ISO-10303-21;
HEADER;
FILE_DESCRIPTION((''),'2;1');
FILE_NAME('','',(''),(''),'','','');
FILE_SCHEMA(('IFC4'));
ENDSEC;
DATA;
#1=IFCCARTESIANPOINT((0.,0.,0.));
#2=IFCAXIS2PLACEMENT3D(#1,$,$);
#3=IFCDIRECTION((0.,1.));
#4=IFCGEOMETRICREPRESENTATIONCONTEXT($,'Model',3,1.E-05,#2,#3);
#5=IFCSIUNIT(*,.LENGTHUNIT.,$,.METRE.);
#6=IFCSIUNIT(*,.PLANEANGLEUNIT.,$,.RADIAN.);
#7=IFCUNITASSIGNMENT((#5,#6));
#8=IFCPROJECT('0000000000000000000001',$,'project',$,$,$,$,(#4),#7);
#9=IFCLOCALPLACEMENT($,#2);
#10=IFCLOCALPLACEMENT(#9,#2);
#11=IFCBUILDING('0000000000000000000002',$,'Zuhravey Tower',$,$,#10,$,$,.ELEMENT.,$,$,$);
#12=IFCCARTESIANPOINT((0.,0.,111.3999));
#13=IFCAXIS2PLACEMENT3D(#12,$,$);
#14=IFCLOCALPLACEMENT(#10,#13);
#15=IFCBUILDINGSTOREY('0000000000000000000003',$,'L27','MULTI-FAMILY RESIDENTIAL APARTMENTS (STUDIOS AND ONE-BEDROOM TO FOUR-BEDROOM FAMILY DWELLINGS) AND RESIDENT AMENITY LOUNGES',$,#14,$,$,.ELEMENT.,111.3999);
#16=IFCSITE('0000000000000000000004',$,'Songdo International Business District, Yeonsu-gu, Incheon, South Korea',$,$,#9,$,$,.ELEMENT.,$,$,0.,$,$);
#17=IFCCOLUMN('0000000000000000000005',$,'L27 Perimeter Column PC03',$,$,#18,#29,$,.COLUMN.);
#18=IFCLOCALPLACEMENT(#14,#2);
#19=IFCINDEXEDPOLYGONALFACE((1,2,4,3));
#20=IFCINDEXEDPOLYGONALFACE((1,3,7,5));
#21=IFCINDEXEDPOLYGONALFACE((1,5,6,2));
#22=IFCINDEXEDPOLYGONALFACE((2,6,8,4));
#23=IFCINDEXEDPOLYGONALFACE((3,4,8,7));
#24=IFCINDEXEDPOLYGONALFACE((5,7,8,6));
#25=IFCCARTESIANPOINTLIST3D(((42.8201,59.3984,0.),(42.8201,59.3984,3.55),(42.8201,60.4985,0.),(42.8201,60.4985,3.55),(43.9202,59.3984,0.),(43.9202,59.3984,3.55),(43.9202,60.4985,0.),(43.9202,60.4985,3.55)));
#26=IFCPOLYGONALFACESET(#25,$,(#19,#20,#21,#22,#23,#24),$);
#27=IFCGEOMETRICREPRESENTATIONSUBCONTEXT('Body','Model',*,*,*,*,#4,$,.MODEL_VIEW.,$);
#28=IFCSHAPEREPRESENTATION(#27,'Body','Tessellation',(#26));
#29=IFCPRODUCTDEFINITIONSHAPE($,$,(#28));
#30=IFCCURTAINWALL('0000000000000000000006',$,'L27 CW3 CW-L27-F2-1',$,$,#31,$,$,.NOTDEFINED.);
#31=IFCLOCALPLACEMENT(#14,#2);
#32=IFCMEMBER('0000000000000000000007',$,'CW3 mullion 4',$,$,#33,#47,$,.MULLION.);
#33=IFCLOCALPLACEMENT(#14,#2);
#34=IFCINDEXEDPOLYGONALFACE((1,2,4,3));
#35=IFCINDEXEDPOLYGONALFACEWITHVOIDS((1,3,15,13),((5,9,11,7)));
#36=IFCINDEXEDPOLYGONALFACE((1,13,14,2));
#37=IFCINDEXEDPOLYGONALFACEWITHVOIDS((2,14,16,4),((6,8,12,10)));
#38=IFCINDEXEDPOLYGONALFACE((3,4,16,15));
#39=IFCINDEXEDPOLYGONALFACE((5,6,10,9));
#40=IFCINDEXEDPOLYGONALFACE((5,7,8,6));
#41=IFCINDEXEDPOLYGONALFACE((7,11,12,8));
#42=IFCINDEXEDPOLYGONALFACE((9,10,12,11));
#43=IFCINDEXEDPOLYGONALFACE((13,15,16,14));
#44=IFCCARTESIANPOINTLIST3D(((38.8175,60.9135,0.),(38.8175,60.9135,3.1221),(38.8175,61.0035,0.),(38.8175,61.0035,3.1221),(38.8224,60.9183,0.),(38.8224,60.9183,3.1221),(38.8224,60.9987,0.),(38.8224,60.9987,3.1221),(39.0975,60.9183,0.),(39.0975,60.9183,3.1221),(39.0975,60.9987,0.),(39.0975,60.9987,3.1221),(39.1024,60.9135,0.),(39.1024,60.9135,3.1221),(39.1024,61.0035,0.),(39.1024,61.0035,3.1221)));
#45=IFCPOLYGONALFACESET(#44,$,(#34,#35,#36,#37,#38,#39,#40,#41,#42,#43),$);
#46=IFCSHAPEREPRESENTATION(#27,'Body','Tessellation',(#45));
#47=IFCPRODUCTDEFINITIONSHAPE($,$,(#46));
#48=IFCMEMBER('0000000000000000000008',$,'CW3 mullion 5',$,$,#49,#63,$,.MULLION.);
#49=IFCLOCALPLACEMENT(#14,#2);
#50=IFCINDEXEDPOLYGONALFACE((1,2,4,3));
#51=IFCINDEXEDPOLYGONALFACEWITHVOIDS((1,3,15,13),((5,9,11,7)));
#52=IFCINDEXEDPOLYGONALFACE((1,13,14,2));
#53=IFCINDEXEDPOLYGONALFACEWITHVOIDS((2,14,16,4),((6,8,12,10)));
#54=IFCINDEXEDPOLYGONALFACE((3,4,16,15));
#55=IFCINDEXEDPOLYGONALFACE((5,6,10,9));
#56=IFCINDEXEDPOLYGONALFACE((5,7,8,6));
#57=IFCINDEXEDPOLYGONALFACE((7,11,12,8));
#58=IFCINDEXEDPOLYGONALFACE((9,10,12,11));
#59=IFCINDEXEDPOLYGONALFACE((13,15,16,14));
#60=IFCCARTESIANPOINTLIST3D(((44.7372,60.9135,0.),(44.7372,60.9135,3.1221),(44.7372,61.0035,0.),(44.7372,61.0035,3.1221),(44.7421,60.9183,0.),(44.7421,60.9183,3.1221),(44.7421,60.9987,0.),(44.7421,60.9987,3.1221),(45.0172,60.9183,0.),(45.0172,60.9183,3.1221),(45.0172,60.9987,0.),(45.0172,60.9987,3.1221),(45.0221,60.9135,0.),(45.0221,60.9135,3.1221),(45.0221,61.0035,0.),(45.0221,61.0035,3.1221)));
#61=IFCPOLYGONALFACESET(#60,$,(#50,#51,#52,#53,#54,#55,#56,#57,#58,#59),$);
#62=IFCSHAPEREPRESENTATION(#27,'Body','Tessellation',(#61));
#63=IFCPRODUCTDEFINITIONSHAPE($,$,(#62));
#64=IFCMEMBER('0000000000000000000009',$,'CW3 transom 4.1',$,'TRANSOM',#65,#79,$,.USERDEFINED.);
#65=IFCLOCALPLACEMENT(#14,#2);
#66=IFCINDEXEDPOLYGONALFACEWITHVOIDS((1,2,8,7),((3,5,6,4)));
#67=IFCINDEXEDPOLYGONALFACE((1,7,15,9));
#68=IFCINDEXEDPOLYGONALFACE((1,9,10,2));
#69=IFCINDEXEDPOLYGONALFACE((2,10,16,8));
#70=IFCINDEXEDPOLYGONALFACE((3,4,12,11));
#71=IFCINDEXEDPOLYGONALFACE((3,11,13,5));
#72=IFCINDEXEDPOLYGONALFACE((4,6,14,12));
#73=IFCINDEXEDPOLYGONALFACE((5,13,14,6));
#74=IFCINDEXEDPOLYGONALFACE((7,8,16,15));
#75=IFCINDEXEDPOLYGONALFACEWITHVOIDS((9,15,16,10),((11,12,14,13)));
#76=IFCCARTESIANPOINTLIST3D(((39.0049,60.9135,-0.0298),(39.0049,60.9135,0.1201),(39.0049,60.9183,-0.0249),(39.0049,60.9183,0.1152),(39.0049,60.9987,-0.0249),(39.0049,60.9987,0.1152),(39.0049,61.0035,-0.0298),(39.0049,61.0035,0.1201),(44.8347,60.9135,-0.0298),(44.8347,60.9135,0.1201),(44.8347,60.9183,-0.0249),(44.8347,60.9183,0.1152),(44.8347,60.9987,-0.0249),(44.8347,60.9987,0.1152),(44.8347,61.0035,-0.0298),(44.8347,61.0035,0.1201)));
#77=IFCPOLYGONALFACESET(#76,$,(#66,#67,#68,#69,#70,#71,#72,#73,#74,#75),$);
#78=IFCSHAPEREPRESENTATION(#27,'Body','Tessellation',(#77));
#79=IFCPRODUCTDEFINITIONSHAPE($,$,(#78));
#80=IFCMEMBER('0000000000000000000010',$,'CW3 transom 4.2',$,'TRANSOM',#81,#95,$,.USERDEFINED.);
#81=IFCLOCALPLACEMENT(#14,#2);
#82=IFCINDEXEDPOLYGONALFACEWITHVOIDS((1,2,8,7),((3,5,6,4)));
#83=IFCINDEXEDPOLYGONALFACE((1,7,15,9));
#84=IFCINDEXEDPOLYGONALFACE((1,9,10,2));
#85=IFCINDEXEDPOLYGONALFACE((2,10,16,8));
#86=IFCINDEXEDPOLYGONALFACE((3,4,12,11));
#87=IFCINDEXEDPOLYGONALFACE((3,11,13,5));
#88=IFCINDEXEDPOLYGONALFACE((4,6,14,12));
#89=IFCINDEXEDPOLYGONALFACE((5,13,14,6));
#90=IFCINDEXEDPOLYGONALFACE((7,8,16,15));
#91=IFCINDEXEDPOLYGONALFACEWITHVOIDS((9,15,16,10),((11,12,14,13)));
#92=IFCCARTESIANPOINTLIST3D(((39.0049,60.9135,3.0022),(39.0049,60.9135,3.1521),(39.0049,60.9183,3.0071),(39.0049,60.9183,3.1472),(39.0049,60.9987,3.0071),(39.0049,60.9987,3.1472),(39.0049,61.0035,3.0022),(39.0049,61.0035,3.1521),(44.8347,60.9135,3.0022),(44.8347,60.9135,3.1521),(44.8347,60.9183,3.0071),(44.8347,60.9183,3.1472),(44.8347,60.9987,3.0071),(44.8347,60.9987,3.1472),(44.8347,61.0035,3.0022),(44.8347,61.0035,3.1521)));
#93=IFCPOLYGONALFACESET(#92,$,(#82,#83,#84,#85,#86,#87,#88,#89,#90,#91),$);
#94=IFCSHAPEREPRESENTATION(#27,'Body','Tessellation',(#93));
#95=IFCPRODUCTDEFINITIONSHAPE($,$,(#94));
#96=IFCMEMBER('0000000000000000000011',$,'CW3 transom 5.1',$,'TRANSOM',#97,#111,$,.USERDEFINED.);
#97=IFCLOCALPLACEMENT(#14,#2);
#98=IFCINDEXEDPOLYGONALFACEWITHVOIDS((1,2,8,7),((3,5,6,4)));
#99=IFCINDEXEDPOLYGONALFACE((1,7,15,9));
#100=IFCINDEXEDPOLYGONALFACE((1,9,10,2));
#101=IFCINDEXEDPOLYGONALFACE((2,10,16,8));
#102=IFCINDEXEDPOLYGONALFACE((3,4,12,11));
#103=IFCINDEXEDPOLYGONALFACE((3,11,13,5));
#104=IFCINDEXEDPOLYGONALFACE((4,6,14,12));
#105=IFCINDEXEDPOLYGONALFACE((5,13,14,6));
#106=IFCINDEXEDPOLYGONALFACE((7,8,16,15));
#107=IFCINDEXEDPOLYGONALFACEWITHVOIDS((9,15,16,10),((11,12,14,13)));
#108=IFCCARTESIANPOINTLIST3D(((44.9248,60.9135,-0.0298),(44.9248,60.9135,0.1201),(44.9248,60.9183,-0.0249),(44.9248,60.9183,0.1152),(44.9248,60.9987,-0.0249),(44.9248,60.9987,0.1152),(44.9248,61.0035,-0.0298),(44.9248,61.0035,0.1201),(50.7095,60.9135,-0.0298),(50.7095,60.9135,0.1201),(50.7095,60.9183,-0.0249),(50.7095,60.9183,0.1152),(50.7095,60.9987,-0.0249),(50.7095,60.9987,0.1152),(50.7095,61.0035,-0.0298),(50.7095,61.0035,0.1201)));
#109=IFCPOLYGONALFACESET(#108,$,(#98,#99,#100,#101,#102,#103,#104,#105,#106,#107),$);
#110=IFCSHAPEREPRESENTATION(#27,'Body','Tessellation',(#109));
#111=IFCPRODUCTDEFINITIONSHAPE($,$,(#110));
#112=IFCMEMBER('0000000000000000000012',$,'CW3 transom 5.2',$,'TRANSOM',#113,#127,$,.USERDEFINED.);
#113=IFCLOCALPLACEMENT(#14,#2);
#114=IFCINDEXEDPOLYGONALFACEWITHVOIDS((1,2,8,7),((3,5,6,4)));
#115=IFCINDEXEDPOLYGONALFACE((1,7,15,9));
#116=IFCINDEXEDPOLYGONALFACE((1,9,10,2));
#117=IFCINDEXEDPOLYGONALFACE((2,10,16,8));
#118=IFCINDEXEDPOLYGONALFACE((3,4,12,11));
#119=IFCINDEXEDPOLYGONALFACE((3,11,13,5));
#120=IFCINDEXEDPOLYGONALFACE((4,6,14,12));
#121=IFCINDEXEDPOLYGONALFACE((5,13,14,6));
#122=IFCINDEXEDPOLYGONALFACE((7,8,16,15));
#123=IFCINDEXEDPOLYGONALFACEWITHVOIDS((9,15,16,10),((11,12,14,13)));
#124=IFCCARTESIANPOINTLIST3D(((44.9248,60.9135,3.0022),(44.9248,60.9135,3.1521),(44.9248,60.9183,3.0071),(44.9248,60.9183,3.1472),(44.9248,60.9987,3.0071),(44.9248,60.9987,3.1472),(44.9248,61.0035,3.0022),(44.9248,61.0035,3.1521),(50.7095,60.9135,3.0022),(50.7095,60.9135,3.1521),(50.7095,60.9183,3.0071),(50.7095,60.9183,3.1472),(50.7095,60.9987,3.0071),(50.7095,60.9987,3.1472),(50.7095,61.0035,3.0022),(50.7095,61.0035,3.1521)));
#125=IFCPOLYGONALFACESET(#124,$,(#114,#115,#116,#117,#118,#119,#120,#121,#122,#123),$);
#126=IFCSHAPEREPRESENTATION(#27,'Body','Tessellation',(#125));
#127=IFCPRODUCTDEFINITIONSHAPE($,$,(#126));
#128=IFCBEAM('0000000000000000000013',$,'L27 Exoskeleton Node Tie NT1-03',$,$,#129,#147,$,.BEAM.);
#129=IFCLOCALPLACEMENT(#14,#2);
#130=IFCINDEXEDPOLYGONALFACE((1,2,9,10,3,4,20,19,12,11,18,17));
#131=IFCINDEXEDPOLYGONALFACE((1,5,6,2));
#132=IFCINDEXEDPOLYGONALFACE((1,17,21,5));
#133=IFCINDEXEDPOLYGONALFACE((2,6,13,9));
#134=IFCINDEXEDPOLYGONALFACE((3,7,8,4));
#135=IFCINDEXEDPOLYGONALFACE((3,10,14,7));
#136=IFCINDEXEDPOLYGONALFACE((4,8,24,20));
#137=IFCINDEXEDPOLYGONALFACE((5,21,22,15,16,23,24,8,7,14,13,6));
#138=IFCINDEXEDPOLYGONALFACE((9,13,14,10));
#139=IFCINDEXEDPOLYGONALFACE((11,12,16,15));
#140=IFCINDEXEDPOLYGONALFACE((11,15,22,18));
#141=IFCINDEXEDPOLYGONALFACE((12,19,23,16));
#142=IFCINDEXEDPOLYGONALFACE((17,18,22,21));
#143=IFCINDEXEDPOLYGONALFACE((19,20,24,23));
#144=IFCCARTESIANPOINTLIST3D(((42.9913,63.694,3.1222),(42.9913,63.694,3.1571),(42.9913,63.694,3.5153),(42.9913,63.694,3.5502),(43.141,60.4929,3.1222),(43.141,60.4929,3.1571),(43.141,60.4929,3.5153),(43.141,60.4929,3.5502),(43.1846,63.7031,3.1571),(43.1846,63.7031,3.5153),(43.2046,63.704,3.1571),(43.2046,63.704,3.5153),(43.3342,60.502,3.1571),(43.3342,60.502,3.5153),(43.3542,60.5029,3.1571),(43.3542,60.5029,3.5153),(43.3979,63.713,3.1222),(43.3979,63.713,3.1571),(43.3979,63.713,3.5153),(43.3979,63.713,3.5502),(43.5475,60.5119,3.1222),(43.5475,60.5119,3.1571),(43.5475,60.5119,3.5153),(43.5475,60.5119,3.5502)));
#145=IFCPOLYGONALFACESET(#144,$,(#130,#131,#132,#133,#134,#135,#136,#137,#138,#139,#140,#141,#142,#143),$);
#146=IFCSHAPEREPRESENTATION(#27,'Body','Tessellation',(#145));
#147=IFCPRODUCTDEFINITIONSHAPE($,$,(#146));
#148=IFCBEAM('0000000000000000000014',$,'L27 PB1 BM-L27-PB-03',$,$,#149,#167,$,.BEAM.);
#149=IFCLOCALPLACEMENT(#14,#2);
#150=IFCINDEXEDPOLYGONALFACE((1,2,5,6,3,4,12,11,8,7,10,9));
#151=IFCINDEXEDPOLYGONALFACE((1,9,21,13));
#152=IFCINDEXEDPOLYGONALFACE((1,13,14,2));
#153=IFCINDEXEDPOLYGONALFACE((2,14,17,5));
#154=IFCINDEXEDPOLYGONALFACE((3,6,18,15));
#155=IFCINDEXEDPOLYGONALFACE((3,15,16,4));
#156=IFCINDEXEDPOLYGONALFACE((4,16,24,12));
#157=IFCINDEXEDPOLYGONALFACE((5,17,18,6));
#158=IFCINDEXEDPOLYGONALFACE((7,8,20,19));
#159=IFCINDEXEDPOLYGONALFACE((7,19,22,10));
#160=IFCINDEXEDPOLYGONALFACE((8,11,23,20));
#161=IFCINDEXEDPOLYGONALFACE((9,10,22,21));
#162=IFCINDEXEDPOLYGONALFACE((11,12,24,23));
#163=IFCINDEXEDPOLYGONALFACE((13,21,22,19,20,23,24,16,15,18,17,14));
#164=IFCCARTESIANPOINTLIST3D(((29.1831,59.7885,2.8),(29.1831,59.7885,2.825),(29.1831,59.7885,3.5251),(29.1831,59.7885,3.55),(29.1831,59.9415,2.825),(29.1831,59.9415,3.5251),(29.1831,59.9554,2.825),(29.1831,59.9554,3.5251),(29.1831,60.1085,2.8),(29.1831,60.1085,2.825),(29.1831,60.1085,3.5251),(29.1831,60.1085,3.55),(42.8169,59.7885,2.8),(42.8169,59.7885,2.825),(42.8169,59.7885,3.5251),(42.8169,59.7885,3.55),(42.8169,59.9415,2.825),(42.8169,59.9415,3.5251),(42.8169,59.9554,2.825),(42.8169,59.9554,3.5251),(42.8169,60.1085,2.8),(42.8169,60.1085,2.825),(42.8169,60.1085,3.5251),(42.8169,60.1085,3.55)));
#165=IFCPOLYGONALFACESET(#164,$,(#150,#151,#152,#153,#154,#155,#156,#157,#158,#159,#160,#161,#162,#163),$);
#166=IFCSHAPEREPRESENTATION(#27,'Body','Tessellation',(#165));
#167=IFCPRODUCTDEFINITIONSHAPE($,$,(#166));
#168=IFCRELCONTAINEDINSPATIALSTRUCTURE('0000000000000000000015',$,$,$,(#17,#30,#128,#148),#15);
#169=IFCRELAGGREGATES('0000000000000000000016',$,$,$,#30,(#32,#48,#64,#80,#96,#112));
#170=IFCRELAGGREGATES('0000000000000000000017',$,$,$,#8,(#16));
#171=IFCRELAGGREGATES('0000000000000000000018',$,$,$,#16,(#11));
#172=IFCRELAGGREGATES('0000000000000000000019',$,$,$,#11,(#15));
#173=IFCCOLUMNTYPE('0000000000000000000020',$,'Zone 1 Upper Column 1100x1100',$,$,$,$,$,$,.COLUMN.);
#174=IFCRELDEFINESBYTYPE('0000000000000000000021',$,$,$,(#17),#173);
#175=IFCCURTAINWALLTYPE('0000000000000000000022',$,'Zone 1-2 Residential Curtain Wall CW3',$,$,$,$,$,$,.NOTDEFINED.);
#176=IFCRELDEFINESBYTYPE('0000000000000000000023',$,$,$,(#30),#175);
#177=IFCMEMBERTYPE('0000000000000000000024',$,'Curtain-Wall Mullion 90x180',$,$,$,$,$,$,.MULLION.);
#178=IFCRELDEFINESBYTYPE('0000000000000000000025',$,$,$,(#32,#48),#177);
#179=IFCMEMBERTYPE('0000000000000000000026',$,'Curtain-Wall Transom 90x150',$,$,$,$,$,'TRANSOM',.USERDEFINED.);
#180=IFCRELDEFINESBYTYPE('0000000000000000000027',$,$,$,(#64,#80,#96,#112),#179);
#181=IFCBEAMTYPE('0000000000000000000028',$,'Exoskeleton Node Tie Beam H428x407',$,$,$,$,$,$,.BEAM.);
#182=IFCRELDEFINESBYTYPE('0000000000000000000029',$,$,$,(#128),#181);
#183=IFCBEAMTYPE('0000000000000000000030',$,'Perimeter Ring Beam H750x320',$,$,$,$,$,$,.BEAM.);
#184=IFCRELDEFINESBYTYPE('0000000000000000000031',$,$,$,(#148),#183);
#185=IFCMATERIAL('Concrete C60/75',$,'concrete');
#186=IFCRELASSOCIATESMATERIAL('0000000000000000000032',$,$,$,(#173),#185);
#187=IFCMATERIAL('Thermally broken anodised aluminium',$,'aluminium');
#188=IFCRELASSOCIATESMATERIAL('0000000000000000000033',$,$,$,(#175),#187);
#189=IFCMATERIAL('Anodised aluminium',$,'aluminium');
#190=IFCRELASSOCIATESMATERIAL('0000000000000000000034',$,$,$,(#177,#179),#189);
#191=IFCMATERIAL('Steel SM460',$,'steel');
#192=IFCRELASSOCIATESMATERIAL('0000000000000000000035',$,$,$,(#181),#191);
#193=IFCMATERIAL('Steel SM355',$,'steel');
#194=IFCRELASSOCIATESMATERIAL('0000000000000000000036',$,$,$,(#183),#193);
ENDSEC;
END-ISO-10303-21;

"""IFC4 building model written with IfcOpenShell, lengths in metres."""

from ifc_helpers import new_model, si_unit, direction, frame, origin, origin_2d, place, context, subcontext, project, spatial, rectangle, hollow_rectangle, i_section, extrude, material, material_profile, profile_set, type_object, element, aggregate, save


model = new_model("IFC4")

# Units and contexts
model_context = context("Model", 3, precision=1e-05, world=origin(), true_north=direction((0.0, 1.0)))
body_context = subcontext(model_context, "Body", "Model", "MODEL_VIEW")
ifc_project = project(units=[si_unit("LENGTHUNIT", "METRE"), si_unit("PLANEANGLEUNIT", "RADIAN")], contexts=[model_context])

# Site, building, storey
site_placement = place(None, origin())
site = spatial("IfcSite", under=ifc_project, at=site_placement, Name="Songdo International Business District, Yeonsu-gu, Incheon, South Korea", CompositionType="ELEMENT", RefElevation=0.0)
building_placement = place(site_placement, origin())
building = spatial("IfcBuilding", under=site, at=building_placement, Name="Zuhravey Tower", CompositionType="ELEMENT")
storey_placement = place(building_placement, frame((0.0, 0.0, 111.3999)))
storey = spatial("IfcBuildingStorey", under=building, at=storey_placement, Name="L27", Description="MULTI-FAMILY RESIDENTIAL APARTMENTS (STUDIOS AND ONE-BEDROOM TO FOUR-BEDROOM FAMILY DWELLINGS) AND RESIDENT AMENITY LOUNGES", CompositionType="ELEMENT", Elevation=111.3999)

# Column
ifc_material_1 = material(Name="Concrete C60/75", Category="concrete")
ifc_material_profile_1 = material_profile(ifc_material_1, rectangle(XDim=1.1001, YDim=1.1001, at=origin_2d()), Name="RC-1100x1100")
ifc_profile_set_1 = profile_set([ifc_material_profile_1], Name="Concrete C60/75")
column_type = type_object("IfcColumnType", Name="Zone 1 Upper Column 1100x1100", PredefinedType="COLUMN", material=ifc_profile_set_1)
column_placement = place(storey_placement, frame((43.3701, 59.9485, 0.0), z_axis=(0.0, 0.0, 1.0), x_axis=(-1.0, 0.0, 0.0)))
element("IfcColumn", 1, at=column_placement, inside=storey, type_object=column_type, Name="L27 Perimeter Column PC03", PredefinedType="COLUMN", context=body_context, shape_type="SweptSolid", body=[
    extrude(rectangle(XDim=1.1001, YDim=1.1001, at=origin_2d()), origin(), (0.0, 0.0, 1.0), 3.55),
])

# Curtain wall, members
ifc_material_2 = material(Name="Thermally broken anodised aluminium", Category="aluminium")
curtain_wall_type = type_object("IfcCurtainWallType", Name="Zone 1-2 Residential Curtain Wall CW3", PredefinedType="NOTDEFINED", material=ifc_material_2)
curtain_wall_placement = place(storey_placement, origin())
curtain_wall = element("IfcCurtainWall", 2, at=curtain_wall_placement, inside=storey, type_object=curtain_wall_type, Name="L27 CW3 CW-L27-F2-1", PredefinedType="NOTDEFINED")
ifc_material_3 = material(Name="Anodised aluminium", Category="aluminium")
ifc_material_profile_2 = material_profile(ifc_material_3, hollow_rectangle(XDim=0.0901, YDim=0.2849, WallThickness=0.0049, at=origin_2d()), Name="ALU-RHS-90x285x5")
ifc_profile_set_2 = profile_set([ifc_material_profile_2], Name="Anodised aluminium")
member_type_1 = type_object("IfcMemberType", Name="Curtain-Wall Mullion 90x180", PredefinedType="MULLION", material=ifc_profile_set_2)
member_1_placement = place(storey_placement, frame((38.96, 60.9585, 0.0), z_axis=(0.0, 0.0, 1.0), x_axis=(0.0, 1.0, 0.0)))
member_1 = element("IfcMember", 3, at=member_1_placement, type_object=member_type_1, Name="CW3 mullion 4", PredefinedType="MULLION", context=body_context, shape_type="SweptSolid", body=[
    extrude(hollow_rectangle(XDim=0.0901, YDim=0.2849, WallThickness=0.0049, at=origin_2d()), origin(), (0.0, 0.0, 1.0), 3.1221),
])
member_2_placement = place(storey_placement, frame((44.8796, 60.9585, 0.0), z_axis=(0.0, 0.0, 1.0), x_axis=(0.0, 1.0, 0.0)))
member_2 = element("IfcMember", 4, at=member_2_placement, type_object=member_type_1, Name="CW3 mullion 5", PredefinedType="MULLION", context=body_context, shape_type="SweptSolid", body=[
    extrude(hollow_rectangle(XDim=0.0901, YDim=0.2849, WallThickness=0.0049, at=origin_2d()), origin(), (0.0, 0.0, 1.0), 3.1221),
])
ifc_material_profile_3 = material_profile(ifc_material_3, hollow_rectangle(XDim=0.0901, YDim=0.1499, WallThickness=0.0049, at=origin_2d()), Name="ALU-RHS-90x150x5")
ifc_profile_set_3 = profile_set([ifc_material_profile_3], Name="Anodised aluminium")
member_type_2 = type_object("IfcMemberType", Name="Curtain-Wall Transom 90x150", ElementType="TRANSOM", PredefinedType="USERDEFINED", material=ifc_profile_set_3)
member_3_placement = place(storey_placement, frame((39.0049, 60.9585, 0.0452), z_axis=(1.0, 0.0, 0.0), x_axis=(0.0, 1.0, 0.0)))
member_3 = element("IfcMember", 5, at=member_3_placement, type_object=member_type_2, Name="CW3 transom 4.1", ObjectType="TRANSOM", PredefinedType="USERDEFINED", context=body_context, shape_type="SweptSolid", body=[
    extrude(hollow_rectangle(XDim=0.0901, YDim=0.1499, WallThickness=0.0049, at=origin_2d()), origin(), (0.0, 0.0, 1.0), 5.8298),
])
member_4_placement = place(storey_placement, frame((39.0049, 60.9585, 3.0771), z_axis=(1.0, 0.0, 0.0), x_axis=(0.0, 1.0, 0.0)))
member_4 = element("IfcMember", 6, at=member_4_placement, type_object=member_type_2, Name="CW3 transom 4.2", ObjectType="TRANSOM", PredefinedType="USERDEFINED", context=body_context, shape_type="SweptSolid", body=[
    extrude(hollow_rectangle(XDim=0.0901, YDim=0.1499, WallThickness=0.0049, at=origin_2d()), origin(), (0.0, 0.0, 1.0), 5.8298),
])
member_5_placement = place(storey_placement, frame((44.9248, 60.9585, 0.0452), z_axis=(1.0, 0.0, 0.0), x_axis=(0.0, 1.0, 0.0)))
member_5 = element("IfcMember", 7, at=member_5_placement, type_object=member_type_2, Name="CW3 transom 5.1", ObjectType="TRANSOM", PredefinedType="USERDEFINED", context=body_context, shape_type="SweptSolid", body=[
    extrude(hollow_rectangle(XDim=0.0901, YDim=0.1499, WallThickness=0.0049, at=origin_2d()), origin(), (0.0, 0.0, 1.0), 5.7847),
])
member_6_placement = place(storey_placement, frame((44.9248, 60.9585, 3.0771), z_axis=(1.0, 0.0, 0.0), x_axis=(0.0, 1.0, 0.0)))
member_6 = element("IfcMember", 8, at=member_6_placement, type_object=member_type_2, Name="CW3 transom 5.2", ObjectType="TRANSOM", PredefinedType="USERDEFINED", context=body_context, shape_type="SweptSolid", body=[
    extrude(hollow_rectangle(XDim=0.0901, YDim=0.1499, WallThickness=0.0049, at=origin_2d()), origin(), (0.0, 0.0, 1.0), 5.7847),
])

# Beams
ifc_material_4 = material(Name="Steel SM460", Category="steel")
ifc_material_profile_4 = material_profile(ifc_material_4, i_section(OverallWidth=0.407, OverallDepth=0.428, WebThickness=0.02, FlangeThickness=0.0349, at=origin_2d()), Name="H-428x407x20x35")
ifc_profile_set_4 = profile_set([ifc_material_profile_4], Name="Steel SM460")
beam_type_1 = type_object("IfcBeamType", Name="Exoskeleton Node Tie Beam H428x407", PredefinedType="BEAM", material=ifc_profile_set_4)
beam_1_placement = place(storey_placement, frame((43.3442, 60.5024, 3.3362), z_axis=(-0.0467, 0.998909, 0.0), x_axis=(-0.998909, -0.0467, 0.0)))
element("IfcBeam", 9, at=beam_1_placement, inside=storey, type_object=beam_type_1, Name="L27 Exoskeleton Node Tie NT1-03", PredefinedType="BEAM", context=body_context, shape_type="SweptSolid", body=[
    extrude(i_section(OverallWidth=0.407, OverallDepth=0.428, WebThickness=0.02, FlangeThickness=0.0349, at=origin_2d()), origin(), (0.0, 0.0, 1.0), 3.2046),
])
ifc_material_5 = material(Name="Steel SM355", Category="steel")
ifc_material_profile_5 = material_profile(ifc_material_5, i_section(OverallWidth=0.3201, OverallDepth=0.75, WebThickness=0.0139, FlangeThickness=0.0249, at=origin_2d()), Name="H-750x320x14x25")
ifc_profile_set_5 = profile_set([ifc_material_profile_5], Name="Steel SM355")
beam_type_2 = type_object("IfcBeamType", Name="Perimeter Ring Beam H750x320", PredefinedType="BEAM", material=ifc_profile_set_5)
beam_2_placement = place(storey_placement, frame((42.8169, 59.9485, 3.175), z_axis=(-1.0, 0.0, 0.0), x_axis=(0.0, -1.0, 0.0)))
element("IfcBeam", 10, at=beam_2_placement, inside=storey, type_object=beam_type_2, Name="L27 PB1 BM-L27-PB-03", PredefinedType="BEAM", context=body_context, shape_type="SweptSolid", body=[
    extrude(i_section(OverallWidth=0.3201, OverallDepth=0.75, WebThickness=0.0139, FlangeThickness=0.0249, at=origin_2d()), origin(), (0.0, 0.0, 1.0), 13.6338),
])

aggregate(curtain_wall, [member_1, member_2, member_3, member_4, member_5, member_6])

save(model, "model.ifc")
